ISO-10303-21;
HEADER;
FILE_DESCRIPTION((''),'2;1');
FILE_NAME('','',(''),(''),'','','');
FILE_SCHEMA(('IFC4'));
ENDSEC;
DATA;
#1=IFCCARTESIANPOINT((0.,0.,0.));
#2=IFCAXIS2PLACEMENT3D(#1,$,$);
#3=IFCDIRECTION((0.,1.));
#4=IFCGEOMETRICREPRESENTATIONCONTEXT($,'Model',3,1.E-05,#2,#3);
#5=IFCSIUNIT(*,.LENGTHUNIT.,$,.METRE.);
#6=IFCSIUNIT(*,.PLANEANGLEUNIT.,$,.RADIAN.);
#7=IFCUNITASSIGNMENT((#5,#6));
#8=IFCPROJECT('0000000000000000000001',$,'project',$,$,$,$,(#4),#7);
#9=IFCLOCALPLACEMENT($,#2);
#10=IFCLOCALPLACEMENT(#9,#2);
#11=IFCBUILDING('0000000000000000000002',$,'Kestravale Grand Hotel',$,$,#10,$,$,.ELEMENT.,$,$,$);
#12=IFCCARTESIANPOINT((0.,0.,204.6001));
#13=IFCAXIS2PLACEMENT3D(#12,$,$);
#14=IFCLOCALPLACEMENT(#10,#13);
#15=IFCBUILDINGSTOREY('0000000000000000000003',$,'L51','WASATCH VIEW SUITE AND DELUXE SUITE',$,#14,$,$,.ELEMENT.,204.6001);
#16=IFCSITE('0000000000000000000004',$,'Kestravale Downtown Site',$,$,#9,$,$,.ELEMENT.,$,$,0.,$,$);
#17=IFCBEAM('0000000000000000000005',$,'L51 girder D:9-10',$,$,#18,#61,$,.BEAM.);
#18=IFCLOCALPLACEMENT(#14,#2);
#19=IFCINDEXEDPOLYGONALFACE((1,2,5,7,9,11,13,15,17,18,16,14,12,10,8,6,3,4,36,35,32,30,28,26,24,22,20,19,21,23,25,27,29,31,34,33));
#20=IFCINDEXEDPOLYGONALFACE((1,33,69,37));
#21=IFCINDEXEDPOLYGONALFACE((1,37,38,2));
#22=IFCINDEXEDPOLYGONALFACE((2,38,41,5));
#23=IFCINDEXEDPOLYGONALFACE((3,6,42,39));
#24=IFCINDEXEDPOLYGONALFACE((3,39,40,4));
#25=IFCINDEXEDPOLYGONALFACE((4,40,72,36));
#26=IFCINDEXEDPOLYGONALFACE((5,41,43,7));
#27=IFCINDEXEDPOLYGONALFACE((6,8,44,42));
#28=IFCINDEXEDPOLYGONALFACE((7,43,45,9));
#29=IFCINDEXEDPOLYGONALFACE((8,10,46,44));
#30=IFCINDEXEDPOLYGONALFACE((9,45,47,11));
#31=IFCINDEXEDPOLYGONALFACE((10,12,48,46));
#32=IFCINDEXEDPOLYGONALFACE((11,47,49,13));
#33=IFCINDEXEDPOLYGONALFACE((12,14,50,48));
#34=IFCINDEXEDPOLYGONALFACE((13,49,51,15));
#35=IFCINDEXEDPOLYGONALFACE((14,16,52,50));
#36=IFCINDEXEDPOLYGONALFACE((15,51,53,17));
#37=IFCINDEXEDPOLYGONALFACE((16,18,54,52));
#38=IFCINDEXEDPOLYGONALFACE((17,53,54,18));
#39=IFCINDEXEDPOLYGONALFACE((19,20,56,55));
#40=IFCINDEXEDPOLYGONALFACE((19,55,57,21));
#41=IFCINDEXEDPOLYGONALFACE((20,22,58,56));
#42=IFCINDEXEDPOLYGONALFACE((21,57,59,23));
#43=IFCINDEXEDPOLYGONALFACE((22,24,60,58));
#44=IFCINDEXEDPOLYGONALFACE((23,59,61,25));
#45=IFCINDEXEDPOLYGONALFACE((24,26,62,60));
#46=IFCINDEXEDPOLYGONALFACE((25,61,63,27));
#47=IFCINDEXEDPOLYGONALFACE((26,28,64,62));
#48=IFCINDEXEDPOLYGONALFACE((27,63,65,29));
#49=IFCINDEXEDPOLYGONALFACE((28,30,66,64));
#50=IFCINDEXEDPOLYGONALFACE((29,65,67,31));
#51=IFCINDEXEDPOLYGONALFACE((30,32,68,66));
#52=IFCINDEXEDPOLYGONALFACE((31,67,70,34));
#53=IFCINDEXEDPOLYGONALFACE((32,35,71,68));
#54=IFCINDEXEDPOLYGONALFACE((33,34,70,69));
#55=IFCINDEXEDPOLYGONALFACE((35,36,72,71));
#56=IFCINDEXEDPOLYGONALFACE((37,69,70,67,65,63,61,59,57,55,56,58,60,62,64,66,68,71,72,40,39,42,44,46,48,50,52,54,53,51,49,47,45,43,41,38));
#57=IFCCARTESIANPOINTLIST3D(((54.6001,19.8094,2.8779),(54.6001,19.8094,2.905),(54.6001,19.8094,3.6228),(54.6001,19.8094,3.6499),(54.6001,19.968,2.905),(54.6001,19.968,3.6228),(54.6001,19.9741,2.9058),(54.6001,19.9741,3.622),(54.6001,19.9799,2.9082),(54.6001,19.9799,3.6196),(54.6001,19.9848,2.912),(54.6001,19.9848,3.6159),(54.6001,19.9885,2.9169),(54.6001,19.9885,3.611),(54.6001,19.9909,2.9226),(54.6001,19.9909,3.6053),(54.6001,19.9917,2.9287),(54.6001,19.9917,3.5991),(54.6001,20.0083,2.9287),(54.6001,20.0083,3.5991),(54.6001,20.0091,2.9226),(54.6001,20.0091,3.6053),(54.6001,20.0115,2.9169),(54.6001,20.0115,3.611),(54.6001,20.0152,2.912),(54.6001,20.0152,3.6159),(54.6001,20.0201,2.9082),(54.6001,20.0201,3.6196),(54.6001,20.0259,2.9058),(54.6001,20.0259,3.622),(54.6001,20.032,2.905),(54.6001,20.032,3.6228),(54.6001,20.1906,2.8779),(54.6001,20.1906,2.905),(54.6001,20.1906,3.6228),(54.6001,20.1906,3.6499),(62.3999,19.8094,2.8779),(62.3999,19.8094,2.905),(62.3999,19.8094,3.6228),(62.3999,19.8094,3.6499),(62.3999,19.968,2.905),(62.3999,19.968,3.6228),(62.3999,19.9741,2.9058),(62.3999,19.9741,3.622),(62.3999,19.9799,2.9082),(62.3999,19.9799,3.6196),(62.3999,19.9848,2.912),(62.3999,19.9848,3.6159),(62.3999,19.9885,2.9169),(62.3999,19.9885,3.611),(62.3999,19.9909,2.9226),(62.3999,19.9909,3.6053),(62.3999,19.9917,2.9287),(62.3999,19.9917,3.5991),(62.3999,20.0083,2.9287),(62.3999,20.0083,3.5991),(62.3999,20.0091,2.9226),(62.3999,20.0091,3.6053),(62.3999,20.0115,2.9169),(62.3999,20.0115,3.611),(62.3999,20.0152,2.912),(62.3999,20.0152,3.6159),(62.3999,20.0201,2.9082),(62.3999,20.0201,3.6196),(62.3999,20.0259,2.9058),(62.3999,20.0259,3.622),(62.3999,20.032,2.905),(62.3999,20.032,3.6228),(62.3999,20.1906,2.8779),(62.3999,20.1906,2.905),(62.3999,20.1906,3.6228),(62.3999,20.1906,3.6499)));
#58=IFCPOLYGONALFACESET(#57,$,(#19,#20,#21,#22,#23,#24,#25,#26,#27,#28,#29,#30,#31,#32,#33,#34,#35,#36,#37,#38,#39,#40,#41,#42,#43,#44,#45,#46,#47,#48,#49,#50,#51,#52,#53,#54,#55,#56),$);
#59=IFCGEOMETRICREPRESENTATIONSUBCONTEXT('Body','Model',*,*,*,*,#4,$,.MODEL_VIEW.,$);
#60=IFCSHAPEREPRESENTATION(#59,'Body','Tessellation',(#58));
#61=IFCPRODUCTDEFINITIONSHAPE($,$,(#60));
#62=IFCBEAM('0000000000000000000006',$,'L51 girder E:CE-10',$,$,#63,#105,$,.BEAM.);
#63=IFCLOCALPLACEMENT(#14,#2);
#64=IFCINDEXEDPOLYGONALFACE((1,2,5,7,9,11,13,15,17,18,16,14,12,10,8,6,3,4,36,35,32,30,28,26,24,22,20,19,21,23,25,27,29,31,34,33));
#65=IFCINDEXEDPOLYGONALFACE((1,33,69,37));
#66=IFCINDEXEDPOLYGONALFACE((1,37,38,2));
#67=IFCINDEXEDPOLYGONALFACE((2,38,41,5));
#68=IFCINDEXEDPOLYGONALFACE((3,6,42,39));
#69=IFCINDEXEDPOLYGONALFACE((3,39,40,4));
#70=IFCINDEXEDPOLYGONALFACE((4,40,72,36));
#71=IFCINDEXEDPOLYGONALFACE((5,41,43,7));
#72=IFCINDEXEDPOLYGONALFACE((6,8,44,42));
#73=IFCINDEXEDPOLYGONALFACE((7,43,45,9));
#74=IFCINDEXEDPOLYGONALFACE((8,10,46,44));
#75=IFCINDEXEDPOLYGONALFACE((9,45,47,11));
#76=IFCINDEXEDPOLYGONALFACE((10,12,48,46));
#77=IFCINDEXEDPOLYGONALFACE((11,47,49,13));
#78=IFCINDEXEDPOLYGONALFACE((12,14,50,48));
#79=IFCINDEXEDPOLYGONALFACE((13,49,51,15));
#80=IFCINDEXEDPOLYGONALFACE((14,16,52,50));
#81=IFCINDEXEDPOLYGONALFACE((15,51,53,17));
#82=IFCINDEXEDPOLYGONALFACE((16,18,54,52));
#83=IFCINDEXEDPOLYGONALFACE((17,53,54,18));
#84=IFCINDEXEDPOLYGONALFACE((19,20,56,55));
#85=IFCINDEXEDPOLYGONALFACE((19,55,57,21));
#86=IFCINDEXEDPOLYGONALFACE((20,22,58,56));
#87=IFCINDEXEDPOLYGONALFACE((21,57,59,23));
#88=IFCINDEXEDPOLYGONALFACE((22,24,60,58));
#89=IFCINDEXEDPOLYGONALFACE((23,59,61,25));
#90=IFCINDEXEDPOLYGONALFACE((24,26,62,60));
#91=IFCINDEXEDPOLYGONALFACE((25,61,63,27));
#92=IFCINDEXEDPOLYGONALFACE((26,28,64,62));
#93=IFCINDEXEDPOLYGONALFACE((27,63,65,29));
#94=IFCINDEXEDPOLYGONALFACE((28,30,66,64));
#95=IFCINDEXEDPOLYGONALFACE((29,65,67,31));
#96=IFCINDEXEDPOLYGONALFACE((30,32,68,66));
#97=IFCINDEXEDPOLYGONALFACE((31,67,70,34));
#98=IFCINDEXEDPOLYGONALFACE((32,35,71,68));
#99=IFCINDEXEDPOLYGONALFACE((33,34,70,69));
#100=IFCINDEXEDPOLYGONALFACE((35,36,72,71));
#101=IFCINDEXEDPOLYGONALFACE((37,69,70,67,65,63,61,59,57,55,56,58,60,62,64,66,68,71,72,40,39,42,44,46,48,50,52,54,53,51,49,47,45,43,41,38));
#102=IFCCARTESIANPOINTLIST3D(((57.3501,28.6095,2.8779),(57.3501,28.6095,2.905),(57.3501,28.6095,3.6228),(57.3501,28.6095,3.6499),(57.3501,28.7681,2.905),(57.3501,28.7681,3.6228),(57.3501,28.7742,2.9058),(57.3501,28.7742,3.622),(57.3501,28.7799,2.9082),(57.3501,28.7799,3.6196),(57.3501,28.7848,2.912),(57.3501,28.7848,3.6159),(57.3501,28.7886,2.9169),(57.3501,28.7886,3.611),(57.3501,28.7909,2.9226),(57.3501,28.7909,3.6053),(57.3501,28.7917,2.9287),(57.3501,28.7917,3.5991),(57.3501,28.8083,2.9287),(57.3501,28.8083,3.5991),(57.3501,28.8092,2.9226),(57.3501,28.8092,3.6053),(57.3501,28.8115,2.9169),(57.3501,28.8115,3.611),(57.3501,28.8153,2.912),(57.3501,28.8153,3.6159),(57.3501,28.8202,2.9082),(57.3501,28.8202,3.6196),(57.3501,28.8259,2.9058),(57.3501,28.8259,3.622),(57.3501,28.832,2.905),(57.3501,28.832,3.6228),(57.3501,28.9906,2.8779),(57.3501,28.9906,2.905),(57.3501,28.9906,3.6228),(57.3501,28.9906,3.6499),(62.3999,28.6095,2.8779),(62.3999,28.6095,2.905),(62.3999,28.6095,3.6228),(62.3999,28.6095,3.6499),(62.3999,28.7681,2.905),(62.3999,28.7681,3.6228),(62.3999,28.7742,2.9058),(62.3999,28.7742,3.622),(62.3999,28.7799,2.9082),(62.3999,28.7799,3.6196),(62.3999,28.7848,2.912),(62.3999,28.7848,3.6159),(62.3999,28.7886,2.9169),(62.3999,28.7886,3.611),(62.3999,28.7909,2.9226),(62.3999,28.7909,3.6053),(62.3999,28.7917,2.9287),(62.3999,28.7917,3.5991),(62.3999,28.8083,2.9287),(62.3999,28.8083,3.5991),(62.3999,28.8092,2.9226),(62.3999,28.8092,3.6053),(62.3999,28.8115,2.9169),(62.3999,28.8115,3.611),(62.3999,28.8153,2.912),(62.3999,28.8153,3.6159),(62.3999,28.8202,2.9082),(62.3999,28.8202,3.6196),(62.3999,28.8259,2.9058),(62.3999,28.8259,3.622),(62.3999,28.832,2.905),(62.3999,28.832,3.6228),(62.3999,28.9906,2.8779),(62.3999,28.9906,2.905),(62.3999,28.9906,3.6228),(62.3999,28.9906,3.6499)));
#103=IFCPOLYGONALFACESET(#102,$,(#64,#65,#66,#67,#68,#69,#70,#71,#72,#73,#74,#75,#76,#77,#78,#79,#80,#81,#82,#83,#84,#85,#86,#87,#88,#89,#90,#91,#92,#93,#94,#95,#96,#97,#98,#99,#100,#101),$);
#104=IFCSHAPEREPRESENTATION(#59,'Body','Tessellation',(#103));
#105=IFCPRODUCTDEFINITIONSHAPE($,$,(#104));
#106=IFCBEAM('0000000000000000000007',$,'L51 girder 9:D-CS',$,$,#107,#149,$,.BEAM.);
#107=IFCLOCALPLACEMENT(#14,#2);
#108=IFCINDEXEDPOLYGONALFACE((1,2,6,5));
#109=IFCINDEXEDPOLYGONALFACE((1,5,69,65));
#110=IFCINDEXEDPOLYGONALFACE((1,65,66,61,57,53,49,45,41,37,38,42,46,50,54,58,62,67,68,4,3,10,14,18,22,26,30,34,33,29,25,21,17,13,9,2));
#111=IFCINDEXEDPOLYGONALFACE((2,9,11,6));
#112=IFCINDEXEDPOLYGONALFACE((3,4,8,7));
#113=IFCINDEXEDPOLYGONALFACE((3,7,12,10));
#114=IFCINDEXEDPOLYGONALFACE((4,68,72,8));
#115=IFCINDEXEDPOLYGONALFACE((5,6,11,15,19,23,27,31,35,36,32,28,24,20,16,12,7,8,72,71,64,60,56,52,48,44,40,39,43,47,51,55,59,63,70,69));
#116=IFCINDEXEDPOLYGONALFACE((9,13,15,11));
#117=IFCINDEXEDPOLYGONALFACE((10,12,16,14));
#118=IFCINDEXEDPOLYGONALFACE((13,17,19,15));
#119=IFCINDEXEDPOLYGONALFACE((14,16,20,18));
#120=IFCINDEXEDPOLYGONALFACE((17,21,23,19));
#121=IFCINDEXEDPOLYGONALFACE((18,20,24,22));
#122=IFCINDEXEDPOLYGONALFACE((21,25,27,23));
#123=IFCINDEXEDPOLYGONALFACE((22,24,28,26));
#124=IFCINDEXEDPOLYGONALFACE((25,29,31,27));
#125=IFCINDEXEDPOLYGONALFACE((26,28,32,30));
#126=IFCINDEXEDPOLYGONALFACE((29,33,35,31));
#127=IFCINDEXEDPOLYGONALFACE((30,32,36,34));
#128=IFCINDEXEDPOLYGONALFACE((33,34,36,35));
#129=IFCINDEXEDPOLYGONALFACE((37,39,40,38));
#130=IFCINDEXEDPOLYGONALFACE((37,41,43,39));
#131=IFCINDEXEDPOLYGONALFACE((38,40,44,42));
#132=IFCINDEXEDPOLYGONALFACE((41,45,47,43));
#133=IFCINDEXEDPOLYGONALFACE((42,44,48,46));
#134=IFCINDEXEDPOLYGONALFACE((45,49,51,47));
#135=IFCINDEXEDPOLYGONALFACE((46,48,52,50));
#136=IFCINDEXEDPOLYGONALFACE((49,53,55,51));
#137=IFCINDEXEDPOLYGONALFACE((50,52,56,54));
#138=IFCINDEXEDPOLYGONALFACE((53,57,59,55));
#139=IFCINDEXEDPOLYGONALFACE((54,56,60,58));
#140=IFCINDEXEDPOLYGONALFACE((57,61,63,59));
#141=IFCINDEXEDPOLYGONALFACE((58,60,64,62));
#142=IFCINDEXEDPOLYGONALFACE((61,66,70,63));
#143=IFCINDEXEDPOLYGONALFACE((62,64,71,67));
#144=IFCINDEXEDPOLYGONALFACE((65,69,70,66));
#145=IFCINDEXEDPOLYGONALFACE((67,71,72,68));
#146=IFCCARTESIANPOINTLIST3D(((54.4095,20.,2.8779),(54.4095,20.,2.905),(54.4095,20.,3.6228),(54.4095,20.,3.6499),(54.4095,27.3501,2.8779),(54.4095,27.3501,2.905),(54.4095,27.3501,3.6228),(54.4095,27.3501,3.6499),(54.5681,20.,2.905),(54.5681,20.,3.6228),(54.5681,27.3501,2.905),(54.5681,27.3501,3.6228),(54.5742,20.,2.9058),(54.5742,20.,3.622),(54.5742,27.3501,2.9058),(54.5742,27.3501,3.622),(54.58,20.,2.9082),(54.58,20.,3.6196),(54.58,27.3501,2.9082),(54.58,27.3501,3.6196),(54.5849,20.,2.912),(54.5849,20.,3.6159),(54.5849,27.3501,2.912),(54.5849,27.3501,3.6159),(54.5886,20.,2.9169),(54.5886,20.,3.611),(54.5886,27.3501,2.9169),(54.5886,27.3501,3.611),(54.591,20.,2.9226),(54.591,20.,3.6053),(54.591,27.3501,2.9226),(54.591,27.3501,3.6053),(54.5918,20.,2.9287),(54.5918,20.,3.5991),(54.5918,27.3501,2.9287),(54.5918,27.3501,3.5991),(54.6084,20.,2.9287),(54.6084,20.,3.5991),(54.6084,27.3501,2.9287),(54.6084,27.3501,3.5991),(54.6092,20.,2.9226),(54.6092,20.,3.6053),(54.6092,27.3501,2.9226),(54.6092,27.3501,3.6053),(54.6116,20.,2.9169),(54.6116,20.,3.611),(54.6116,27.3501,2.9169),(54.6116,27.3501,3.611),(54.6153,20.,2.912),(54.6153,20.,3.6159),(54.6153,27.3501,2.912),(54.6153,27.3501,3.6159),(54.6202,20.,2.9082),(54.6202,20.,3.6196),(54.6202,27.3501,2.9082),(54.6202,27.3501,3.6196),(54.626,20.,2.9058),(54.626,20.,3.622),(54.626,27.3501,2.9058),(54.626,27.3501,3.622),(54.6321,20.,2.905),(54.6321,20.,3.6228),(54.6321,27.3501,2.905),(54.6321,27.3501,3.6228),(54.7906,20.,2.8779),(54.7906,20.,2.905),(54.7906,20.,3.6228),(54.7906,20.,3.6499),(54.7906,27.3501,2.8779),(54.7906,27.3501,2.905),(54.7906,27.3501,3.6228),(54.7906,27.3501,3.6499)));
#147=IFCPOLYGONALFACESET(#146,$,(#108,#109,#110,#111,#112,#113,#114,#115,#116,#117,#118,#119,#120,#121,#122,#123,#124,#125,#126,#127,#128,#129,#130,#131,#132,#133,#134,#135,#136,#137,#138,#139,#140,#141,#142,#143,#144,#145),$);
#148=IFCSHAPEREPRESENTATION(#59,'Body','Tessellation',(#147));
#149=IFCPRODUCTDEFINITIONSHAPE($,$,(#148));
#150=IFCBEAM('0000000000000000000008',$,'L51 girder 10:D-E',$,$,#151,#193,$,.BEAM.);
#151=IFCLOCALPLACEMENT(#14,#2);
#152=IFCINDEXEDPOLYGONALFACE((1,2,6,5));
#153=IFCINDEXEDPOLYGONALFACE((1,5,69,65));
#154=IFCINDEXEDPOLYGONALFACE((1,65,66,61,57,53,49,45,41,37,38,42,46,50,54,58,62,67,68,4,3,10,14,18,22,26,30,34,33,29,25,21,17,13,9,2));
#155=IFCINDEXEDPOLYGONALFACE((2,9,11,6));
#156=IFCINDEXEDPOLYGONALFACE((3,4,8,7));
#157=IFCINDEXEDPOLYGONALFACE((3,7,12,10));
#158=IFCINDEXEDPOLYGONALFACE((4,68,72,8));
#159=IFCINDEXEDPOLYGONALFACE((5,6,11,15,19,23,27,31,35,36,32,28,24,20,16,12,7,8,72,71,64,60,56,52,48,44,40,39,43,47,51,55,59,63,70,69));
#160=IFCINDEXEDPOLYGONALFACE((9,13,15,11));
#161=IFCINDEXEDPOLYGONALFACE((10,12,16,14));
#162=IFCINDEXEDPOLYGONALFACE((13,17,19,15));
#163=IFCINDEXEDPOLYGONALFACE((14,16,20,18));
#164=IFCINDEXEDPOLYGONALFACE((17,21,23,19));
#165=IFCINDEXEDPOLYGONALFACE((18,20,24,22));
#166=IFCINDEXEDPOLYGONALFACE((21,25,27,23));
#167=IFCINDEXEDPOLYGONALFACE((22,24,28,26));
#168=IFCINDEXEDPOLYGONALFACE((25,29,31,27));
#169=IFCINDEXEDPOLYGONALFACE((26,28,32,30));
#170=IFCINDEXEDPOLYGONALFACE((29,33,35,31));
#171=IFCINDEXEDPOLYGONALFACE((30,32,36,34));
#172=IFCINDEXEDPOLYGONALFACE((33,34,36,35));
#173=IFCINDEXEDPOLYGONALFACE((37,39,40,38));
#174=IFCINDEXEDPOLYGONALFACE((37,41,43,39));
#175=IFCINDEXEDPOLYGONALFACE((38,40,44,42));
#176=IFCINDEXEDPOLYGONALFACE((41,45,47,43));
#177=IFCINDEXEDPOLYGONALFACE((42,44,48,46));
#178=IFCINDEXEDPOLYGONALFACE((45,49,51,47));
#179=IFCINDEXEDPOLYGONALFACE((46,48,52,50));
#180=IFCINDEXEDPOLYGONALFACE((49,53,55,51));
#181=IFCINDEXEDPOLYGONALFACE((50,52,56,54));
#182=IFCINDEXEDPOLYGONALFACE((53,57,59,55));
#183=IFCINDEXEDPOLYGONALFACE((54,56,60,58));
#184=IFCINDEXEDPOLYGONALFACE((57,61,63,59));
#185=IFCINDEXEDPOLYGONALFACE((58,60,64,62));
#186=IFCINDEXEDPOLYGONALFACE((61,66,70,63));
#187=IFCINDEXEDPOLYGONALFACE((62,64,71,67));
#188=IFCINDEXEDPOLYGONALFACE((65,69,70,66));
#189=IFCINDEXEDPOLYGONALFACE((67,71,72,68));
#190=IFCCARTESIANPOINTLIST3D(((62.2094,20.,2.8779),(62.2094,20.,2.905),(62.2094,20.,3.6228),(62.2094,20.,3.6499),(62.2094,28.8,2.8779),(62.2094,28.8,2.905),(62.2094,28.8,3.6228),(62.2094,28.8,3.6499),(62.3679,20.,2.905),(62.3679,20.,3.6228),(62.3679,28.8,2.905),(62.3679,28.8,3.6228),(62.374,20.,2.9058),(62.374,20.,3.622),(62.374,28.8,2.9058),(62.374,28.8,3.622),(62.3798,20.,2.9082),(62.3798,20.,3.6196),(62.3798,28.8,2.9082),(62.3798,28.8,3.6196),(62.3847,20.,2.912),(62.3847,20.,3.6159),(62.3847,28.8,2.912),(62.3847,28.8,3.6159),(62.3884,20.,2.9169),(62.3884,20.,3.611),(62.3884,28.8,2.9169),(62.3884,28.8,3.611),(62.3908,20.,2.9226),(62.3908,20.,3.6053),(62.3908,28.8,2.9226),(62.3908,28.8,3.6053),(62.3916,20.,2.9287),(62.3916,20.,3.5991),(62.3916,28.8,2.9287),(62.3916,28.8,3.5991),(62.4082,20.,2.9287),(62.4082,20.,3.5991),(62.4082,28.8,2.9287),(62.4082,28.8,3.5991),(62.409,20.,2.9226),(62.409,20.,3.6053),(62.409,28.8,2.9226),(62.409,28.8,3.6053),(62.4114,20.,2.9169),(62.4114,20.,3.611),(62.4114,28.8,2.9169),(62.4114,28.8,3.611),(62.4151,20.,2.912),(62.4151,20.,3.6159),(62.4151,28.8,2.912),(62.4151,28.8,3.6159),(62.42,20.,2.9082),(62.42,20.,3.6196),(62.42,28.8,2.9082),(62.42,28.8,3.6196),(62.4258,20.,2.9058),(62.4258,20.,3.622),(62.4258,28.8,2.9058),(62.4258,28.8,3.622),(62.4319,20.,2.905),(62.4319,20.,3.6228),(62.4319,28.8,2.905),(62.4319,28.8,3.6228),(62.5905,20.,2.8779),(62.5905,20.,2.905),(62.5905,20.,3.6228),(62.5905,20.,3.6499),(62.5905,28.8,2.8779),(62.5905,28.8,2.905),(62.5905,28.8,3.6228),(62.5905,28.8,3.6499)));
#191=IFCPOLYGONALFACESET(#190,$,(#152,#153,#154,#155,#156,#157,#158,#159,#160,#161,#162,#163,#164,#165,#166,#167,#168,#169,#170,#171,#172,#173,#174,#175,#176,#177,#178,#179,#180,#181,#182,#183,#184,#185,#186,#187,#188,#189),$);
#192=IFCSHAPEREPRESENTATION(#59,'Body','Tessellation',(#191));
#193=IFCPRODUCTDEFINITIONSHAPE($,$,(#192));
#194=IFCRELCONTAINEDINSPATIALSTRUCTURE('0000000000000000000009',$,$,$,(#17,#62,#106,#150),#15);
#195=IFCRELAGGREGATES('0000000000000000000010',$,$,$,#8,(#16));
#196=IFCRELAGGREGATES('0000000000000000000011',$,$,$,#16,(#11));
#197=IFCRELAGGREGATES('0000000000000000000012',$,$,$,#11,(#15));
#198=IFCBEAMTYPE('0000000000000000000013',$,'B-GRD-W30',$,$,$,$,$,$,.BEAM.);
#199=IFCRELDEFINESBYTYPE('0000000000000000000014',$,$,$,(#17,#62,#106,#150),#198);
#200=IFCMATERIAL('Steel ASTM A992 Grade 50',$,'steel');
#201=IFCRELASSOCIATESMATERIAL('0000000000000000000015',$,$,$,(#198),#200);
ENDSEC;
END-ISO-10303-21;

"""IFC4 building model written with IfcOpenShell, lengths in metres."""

from ifc_helpers import new_model, si_unit, direction, frame, origin, origin_2d, place, context, subcontext, project, spatial, i_section, extrude, material, material_profile, profile_set, type_object, element, save


model = new_model("IFC4")

# Units and contexts
model_context = context("Model", 3, precision=1e-05, world=origin(), true_north=direction((0.0, 1.0)))
body_context = subcontext(model_context, "Body", "Model", "MODEL_VIEW")
ifc_project = project(units=[si_unit("LENGTHUNIT", "METRE"), si_unit("PLANEANGLEUNIT", "RADIAN")], contexts=[model_context])

# Site, building, storey
site_placement = place(None, origin())
site = spatial("IfcSite", under=ifc_project, at=site_placement, Name="Kestravale Downtown Site", CompositionType="ELEMENT", RefElevation=0.0)
building_placement = place(site_placement, origin())
building = spatial("IfcBuilding", under=site, at=building_placement, Name="Kestravale Grand Hotel", CompositionType="ELEMENT")
storey_placement = place(building_placement, frame((0.0, 0.0, 204.6001)))
storey = spatial("IfcBuildingStorey", under=building, at=storey_placement, Name="L51", Description="WASATCH VIEW SUITE AND DELUXE SUITE", CompositionType="ELEMENT", Elevation=204.6001)

# Beams
ifc_material_1 = material(Name="Steel ASTM A992 Grade 50", Category="steel")
ifc_material_profile_1 = material_profile(ifc_material_1, i_section(OverallWidth=0.3811, OverallDepth=0.772, WebThickness=0.0166, FlangeThickness=0.0271, FilletRadius=0.0237, at=origin_2d()))
ifc_profile_set_1 = profile_set([ifc_material_profile_1], Name="Steel ASTM A992 Grade 50")
beam_type_1 = type_object("IfcBeamType", Name="B-GRD-W30", PredefinedType="BEAM", material=ifc_profile_set_1)
beam_1_placement = place(storey_placement, frame((54.6001, 20.0, 3.2639), z_axis=(1.0, 0.0, 0.0), x_axis=(0.0, 1.0, 0.0)))
element("IfcBeam", 1, at=beam_1_placement, inside=storey, type_object=beam_type_1, Name="L51 girder D:9-10", PredefinedType="BEAM", context=body_context, shape_type="SweptSolid", body=[
    extrude(i_section(OverallWidth=0.3811, OverallDepth=0.772, WebThickness=0.0166, FlangeThickness=0.0271, FilletRadius=0.0237, at=origin_2d()), origin(), (0.0, 0.0, 1.0), 7.7998),
])
beam_2_placement = place(storey_placement, frame((57.3501, 28.8, 3.2639), z_axis=(1.0, 0.0, 0.0), x_axis=(0.0, 1.0, 0.0)))
element("IfcBeam", 2, at=beam_2_placement, inside=storey, type_object=beam_type_1, Name="L51 girder E:CE-10", PredefinedType="BEAM", context=body_context, shape_type="SweptSolid", body=[
    extrude(i_section(OverallWidth=0.3811, OverallDepth=0.772, WebThickness=0.0166, FlangeThickness=0.0271, FilletRadius=0.0237, at=origin_2d()), origin(), (0.0, 0.0, 1.0), 5.0498),
])
beam_3_placement = place(storey_placement, frame((54.6001, 20.0, 3.2639), z_axis=(0.0, 1.0, 0.0), x_axis=(-1.0, 0.0, 0.0)))
element("IfcBeam", 3, at=beam_3_placement, inside=storey, type_object=beam_type_1, Name="L51 girder 9:D-CS", PredefinedType="BEAM", context=body_context, shape_type="SweptSolid", body=[
    extrude(i_section(OverallWidth=0.3811, OverallDepth=0.772, WebThickness=0.0166, FlangeThickness=0.0271, FilletRadius=0.0237, at=origin_2d()), origin(), (0.0, 0.0, 1.0), 7.3501),
])
beam_4_placement = place(storey_placement, frame((62.3999, 20.0, 3.2639), z_axis=(0.0, 1.0, 0.0), x_axis=(-1.0, 0.0, 0.0)))
element("IfcBeam", 4, at=beam_4_placement, inside=storey, type_object=beam_type_1, Name="L51 girder 10:D-E", PredefinedType="BEAM", context=body_context, shape_type="SweptSolid", body=[
    extrude(i_section(OverallWidth=0.3811, OverallDepth=0.772, WebThickness=0.0166, FlangeThickness=0.0271, FilletRadius=0.0237, at=origin_2d()), origin(), (0.0, 0.0, 1.0), 8.8),
])

save(model, "model.ifc")
